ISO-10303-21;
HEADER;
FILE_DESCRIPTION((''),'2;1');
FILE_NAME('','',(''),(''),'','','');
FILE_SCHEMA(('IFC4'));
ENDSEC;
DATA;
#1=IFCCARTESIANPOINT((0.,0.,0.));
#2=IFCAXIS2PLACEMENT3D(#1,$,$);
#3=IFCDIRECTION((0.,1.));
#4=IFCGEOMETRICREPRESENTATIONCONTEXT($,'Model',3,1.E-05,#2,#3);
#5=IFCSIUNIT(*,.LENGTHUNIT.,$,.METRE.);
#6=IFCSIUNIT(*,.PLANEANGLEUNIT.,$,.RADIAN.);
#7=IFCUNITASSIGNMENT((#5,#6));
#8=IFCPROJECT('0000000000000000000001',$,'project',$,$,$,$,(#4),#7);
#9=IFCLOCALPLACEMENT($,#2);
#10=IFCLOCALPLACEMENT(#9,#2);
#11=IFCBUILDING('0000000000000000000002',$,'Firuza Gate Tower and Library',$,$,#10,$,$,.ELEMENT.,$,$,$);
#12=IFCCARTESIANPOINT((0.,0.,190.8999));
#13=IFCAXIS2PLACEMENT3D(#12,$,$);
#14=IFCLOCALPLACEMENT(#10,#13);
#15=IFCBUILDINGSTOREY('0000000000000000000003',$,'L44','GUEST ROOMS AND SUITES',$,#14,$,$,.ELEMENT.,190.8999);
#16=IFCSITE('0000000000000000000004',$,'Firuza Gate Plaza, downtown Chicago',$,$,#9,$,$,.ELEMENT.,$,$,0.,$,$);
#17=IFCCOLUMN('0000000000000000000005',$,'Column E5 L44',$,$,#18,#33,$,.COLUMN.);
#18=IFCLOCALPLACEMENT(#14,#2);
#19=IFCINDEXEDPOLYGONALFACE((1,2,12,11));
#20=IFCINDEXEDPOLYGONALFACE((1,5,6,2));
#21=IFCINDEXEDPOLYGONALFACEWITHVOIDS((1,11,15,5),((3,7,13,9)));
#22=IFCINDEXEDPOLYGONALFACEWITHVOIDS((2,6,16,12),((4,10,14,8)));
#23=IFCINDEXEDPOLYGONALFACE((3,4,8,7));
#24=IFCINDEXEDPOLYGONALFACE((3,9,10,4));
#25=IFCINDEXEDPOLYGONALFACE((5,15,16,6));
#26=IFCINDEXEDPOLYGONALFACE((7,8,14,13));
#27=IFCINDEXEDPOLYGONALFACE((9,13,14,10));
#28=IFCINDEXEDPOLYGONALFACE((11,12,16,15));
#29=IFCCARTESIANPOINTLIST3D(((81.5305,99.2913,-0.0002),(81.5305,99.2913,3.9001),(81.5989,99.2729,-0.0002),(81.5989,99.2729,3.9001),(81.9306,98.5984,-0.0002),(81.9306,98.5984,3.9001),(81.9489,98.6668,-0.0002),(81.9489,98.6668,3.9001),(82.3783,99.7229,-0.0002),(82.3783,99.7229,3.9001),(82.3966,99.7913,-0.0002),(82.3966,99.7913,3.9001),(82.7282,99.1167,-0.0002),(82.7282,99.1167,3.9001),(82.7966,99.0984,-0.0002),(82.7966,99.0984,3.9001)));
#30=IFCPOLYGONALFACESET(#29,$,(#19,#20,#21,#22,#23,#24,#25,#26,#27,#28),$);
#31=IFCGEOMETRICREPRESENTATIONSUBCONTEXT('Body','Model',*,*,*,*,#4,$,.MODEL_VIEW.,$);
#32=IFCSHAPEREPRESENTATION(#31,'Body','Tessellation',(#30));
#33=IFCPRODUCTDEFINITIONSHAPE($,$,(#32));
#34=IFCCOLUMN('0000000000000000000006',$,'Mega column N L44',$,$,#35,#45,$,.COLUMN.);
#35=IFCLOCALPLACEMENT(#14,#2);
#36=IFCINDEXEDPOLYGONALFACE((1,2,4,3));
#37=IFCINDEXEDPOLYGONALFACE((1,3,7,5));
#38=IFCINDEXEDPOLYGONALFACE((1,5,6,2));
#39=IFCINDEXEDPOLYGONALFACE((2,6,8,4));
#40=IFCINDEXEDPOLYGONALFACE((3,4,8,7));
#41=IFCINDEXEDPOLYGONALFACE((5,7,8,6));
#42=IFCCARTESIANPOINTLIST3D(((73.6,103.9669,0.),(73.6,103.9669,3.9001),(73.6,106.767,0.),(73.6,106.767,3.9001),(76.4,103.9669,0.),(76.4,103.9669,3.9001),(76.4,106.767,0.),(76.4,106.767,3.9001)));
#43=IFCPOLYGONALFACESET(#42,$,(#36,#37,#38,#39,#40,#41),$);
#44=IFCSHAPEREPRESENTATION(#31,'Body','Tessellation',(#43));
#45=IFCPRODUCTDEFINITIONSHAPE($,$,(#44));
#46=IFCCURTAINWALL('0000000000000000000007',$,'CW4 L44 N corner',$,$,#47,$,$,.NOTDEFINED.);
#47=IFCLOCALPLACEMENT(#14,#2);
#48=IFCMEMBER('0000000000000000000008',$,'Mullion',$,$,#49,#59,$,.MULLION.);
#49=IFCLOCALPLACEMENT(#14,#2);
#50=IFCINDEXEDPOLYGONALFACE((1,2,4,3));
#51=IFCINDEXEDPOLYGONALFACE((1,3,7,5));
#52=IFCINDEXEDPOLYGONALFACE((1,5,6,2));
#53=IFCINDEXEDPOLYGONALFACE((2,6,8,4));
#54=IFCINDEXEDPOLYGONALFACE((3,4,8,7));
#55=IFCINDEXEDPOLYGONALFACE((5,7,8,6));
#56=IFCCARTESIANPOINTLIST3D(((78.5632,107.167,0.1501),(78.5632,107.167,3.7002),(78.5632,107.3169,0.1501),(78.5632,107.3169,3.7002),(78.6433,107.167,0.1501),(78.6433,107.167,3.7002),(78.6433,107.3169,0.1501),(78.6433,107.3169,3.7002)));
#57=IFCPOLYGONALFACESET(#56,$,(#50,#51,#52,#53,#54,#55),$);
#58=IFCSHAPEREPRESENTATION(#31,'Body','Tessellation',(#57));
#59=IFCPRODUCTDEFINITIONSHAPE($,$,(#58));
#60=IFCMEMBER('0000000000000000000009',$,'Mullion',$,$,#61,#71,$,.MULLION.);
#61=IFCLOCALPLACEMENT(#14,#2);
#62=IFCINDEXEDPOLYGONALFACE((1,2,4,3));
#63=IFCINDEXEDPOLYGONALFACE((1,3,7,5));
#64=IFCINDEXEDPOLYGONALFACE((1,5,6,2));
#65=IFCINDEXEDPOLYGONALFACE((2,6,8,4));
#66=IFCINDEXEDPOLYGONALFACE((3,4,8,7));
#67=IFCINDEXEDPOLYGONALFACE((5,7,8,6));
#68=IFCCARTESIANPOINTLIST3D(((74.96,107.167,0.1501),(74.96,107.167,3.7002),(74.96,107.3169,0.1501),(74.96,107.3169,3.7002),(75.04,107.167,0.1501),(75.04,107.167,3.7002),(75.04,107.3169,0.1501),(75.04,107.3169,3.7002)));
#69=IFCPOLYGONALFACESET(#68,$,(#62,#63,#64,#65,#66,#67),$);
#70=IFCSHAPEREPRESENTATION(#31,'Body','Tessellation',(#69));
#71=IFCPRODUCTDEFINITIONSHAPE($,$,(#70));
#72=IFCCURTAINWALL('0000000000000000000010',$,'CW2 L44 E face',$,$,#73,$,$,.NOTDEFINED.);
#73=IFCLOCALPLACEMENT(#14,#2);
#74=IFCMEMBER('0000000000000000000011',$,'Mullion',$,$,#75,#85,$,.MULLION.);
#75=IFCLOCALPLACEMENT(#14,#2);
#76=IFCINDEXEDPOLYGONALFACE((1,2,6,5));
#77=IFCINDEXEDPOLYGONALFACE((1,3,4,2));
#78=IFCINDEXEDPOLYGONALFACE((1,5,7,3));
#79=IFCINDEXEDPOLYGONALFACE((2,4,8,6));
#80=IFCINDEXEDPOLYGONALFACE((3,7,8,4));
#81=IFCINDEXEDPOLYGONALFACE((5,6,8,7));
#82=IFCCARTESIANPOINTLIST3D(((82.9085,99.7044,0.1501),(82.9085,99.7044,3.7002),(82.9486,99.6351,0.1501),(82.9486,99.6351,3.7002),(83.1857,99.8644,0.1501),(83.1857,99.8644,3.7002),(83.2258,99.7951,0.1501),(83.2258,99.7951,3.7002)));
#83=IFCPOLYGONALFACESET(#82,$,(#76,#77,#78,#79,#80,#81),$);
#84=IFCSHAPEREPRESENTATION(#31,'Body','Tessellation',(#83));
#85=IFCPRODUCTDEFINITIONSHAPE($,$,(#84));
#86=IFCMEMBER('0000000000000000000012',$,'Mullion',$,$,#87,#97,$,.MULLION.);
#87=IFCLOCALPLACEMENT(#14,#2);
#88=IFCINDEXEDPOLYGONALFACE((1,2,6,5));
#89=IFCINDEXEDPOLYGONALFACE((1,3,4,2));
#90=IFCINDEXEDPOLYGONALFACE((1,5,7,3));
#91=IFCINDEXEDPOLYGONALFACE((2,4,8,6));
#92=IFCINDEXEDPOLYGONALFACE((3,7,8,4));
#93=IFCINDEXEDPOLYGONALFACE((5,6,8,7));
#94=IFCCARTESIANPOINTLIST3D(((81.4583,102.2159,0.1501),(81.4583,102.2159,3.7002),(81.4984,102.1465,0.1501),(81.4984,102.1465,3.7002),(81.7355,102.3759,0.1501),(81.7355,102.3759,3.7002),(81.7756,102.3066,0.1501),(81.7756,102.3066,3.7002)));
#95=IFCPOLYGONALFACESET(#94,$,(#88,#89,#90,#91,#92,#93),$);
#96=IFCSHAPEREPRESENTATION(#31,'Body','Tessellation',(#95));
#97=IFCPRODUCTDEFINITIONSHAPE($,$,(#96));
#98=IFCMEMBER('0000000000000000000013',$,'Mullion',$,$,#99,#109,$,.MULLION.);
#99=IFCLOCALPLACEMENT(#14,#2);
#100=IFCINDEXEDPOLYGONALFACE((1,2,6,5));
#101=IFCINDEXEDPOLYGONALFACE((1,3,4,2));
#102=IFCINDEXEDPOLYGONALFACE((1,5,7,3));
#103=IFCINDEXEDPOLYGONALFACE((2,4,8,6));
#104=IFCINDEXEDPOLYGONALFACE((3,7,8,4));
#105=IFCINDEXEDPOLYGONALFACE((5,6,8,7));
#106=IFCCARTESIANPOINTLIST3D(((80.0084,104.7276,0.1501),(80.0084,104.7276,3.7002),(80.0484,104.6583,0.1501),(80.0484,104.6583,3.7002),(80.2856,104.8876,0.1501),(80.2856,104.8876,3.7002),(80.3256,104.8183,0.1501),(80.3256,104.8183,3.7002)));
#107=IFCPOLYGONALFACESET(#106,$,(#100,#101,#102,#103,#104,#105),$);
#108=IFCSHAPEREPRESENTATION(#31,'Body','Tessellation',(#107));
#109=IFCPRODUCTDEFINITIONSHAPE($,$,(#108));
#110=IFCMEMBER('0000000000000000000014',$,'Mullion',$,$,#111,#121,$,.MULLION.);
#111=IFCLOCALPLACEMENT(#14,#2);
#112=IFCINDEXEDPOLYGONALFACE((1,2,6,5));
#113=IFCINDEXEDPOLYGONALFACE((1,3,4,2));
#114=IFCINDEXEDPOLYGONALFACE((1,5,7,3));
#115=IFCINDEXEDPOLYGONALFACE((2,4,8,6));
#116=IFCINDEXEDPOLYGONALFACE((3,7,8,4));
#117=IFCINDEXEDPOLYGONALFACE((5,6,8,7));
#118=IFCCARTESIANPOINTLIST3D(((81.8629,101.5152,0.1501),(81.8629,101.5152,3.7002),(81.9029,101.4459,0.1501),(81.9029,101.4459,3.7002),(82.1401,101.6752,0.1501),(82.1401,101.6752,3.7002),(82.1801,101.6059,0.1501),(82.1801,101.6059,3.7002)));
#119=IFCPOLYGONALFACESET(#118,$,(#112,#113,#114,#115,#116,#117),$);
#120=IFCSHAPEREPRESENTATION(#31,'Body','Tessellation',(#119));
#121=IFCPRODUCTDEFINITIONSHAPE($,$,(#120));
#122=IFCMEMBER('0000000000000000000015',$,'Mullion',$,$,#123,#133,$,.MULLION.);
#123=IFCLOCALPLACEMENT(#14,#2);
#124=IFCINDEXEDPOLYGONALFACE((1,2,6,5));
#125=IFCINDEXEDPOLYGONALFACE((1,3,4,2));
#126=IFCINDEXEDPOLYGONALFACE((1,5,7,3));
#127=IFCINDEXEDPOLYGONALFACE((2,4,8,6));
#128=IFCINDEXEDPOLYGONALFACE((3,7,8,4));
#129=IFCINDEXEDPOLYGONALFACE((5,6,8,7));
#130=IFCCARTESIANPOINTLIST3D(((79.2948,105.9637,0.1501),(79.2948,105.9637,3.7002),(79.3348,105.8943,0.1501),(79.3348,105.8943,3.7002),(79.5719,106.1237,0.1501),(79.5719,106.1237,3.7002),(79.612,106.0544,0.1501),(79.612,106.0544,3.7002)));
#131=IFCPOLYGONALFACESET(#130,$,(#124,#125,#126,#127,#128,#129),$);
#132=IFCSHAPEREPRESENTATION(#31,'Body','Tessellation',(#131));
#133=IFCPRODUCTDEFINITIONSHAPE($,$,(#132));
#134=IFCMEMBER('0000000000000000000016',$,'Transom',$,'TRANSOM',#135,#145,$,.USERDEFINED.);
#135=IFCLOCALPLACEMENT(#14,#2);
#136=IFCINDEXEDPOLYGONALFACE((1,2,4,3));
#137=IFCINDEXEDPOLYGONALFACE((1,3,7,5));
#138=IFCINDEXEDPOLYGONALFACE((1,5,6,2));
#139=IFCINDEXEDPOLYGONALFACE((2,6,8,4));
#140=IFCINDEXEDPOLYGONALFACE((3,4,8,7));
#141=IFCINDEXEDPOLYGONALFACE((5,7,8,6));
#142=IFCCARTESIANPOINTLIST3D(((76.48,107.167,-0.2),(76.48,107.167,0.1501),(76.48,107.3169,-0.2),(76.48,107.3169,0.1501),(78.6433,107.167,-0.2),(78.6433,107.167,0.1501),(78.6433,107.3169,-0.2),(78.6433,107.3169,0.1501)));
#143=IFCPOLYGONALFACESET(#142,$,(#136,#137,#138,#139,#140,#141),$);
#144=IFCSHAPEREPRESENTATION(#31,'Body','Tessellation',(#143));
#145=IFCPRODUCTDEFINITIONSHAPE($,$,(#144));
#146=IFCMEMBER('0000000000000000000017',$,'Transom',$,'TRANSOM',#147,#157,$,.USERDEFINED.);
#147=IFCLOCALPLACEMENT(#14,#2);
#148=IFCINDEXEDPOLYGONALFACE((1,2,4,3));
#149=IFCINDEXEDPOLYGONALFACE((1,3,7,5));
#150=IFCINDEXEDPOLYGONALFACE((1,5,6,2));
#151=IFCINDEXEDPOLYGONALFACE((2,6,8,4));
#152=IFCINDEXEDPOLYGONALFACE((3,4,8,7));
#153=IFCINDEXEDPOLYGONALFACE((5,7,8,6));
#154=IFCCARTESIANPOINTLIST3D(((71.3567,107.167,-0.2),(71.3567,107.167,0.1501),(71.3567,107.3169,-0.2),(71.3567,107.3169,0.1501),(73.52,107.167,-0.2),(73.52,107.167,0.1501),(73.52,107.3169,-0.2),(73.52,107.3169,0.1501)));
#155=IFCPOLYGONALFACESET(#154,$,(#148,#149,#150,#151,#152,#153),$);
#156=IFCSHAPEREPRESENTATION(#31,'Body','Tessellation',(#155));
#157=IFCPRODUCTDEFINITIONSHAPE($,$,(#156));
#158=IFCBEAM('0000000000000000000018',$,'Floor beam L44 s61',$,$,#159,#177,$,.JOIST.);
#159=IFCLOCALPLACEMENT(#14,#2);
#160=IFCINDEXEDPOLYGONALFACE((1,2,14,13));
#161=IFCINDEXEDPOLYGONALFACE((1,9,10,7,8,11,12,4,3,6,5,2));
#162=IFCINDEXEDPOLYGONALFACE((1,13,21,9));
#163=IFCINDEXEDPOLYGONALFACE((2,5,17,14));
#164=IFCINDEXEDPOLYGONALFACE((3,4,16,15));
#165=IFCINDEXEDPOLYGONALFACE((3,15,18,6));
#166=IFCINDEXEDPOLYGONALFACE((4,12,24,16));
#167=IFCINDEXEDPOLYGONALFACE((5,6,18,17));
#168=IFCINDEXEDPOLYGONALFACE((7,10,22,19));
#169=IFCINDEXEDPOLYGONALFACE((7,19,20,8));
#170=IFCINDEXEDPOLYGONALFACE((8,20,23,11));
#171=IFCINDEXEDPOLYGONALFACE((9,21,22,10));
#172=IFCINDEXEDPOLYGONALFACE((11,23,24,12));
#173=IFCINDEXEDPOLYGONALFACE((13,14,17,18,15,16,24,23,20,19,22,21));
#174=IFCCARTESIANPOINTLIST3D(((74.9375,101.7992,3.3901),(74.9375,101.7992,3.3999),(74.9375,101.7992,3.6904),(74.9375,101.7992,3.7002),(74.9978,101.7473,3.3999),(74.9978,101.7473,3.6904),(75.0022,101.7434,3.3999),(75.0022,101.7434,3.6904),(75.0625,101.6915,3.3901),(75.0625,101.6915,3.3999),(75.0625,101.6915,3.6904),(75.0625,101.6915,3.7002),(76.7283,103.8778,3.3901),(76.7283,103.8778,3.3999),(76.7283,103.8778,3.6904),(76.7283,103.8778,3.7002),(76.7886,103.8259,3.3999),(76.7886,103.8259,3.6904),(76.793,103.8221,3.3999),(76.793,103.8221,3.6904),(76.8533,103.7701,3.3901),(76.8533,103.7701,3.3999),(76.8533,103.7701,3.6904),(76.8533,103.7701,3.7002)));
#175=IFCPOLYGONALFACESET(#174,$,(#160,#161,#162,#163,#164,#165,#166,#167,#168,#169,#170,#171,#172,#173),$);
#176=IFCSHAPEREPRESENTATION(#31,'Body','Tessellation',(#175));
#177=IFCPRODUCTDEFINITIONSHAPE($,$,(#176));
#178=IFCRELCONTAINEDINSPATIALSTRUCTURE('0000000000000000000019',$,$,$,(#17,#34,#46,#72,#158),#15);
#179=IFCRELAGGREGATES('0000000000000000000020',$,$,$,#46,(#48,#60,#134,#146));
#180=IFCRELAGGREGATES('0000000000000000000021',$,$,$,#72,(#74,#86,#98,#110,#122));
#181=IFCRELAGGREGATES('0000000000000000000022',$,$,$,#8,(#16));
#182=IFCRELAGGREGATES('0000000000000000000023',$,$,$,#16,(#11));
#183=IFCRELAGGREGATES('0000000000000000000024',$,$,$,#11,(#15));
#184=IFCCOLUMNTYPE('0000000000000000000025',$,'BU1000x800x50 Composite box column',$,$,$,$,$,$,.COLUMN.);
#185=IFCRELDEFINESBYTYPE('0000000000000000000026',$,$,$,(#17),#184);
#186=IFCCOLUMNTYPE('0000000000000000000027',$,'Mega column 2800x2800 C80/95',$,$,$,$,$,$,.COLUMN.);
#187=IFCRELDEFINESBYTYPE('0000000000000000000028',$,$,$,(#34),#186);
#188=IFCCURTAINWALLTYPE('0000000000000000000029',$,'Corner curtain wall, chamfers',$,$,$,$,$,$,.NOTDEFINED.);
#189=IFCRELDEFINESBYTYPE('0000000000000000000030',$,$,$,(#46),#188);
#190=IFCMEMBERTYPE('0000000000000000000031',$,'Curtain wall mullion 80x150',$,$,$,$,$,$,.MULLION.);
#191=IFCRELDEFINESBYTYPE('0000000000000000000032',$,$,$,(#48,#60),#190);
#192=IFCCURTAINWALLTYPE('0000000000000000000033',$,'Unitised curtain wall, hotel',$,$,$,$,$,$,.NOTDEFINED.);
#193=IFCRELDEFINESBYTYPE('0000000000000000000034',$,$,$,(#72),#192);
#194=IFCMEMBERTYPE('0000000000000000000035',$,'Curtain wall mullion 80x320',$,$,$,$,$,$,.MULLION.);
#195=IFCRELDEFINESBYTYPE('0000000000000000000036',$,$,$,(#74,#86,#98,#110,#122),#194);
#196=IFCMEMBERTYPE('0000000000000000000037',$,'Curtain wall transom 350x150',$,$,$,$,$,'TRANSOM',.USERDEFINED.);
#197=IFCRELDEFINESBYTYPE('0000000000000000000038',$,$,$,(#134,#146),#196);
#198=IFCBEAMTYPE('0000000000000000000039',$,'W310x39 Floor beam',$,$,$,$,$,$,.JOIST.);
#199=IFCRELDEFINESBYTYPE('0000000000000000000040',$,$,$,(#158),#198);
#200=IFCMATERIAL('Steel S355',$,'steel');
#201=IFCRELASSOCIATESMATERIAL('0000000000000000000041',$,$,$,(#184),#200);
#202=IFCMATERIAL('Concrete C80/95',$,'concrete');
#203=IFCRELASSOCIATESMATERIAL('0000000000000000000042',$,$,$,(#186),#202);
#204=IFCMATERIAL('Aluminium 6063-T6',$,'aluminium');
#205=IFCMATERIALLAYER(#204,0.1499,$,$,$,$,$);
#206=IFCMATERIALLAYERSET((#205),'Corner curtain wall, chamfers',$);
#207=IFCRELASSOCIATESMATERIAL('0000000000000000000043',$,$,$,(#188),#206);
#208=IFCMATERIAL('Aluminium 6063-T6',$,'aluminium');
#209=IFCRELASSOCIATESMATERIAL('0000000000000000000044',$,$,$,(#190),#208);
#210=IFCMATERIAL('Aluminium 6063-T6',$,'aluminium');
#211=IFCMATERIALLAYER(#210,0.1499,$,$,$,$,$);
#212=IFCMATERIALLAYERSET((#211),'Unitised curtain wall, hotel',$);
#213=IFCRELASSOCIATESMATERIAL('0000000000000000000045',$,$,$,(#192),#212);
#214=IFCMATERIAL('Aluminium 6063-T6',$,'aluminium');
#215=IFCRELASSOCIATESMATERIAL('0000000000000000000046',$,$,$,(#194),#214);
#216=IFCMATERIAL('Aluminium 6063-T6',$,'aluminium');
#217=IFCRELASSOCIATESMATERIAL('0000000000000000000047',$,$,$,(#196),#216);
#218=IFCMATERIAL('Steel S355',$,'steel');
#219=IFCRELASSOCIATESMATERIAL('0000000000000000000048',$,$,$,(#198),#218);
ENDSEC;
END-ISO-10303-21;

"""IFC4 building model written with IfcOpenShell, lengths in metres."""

from ifc_helpers import new_model, si_unit, direction, frame, origin, origin_2d, place, context, subcontext, project, spatial, rectangle, hollow_rectangle, i_section, extrude, material, layer, layer_set, material_profile, profile_set, type_object, element, aggregate, save


model = new_model("IFC4")

# Units and contexts
model_context = context("Model", 3, precision=1e-05, world=origin(), true_north=direction((0.0, 1.0)))
body_context = subcontext(model_context, "Body", "Model", "MODEL_VIEW")
ifc_project = project(units=[si_unit("LENGTHUNIT", "METRE"), si_unit("PLANEANGLEUNIT", "RADIAN")], contexts=[model_context])

# Site, building, storey
site_placement = place(None, origin())
site = spatial("IfcSite", under=ifc_project, at=site_placement, Name="Firuza Gate Plaza, downtown Chicago", CompositionType="ELEMENT", RefElevation=0.0)
building_placement = place(site_placement, origin())
building = spatial("IfcBuilding", under=site, at=building_placement, Name="Firuza Gate Tower and Library", CompositionType="ELEMENT")
storey_placement = place(building_placement, frame((0.0, 0.0, 190.8999)))
storey = spatial("IfcBuildingStorey", under=building, at=storey_placement, Name="L44", Description="GUEST ROOMS AND SUITES", CompositionType="ELEMENT", Elevation=190.8999)

# Columns
ifc_material_1 = material(Name="Steel S355", Category="steel")
ifc_material_profile_1 = material_profile(ifc_material_1, hollow_rectangle(XDim=0.8, YDim=1.0, WallThickness=0.05, at=origin_2d()))
ifc_profile_set_1 = profile_set([ifc_material_profile_1], Name="Steel S355")
column_type_1 = type_object("IfcColumnType", Name="BU1000x800x50 Composite box column", PredefinedType="COLUMN", material=ifc_profile_set_1)
column_1_placement = place(storey_placement, frame((82.1636, 99.1948, -0.0002), z_axis=(0.0, 0.0, 1.0), x_axis=(-0.5, 0.866025, 0.0)))
element("IfcColumn", 1, at=column_1_placement, inside=storey, type_object=column_type_1, Name="Column E5 L44", PredefinedType="COLUMN", context=body_context, shape_type="SweptSolid", body=[
    extrude(hollow_rectangle(XDim=0.8, YDim=1.0, WallThickness=0.05, at=origin_2d()), origin(), (0.0, 0.0, 1.0), 3.9004),
])
ifc_material_2 = material(Name="Concrete C80/95", Category="concrete")
ifc_material_profile_2 = material_profile(ifc_material_2, rectangle(XDim=2.8, YDim=2.8, at=origin_2d()))
ifc_profile_set_2 = profile_set([ifc_material_profile_2], Name="Concrete C80/95")
column_type_2 = type_object("IfcColumnType", Name="Mega column 2800x2800 C80/95", PredefinedType="COLUMN", material=ifc_profile_set_2)
column_2_placement = place(storey_placement, frame((75.0, 105.3669, 0.0), z_axis=(0.0, 0.0, 1.0), x_axis=(-1.0, 0.0, 0.0)))
element("IfcColumn", 2, at=column_2_placement, inside=storey, type_object=column_type_2, Name="Mega column N L44", PredefinedType="COLUMN", context=body_context, shape_type="SweptSolid", body=[
    extrude(rectangle(XDim=2.8, YDim=2.8, at=origin_2d()), origin(), (0.0, 0.0, 1.0), 3.9001),
])

# Curtain walls, members
ifc_material_3 = material(Name="Aluminium 6063-T6", Category="aluminium")
ifc_layer_1 = layer(ifc_material_3, 0.1499)
ifc_layer_set_1 = layer_set([ifc_layer_1], Name="Corner curtain wall, chamfers")
curtain_wall_type_1 = type_object("IfcCurtainWallType", Name="Corner curtain wall, chamfers", PredefinedType="NOTDEFINED", material=ifc_layer_set_1)
placement = place(storey_placement, origin())
curtain_wall_1 = element("IfcCurtainWall", 3, at=placement, inside=storey, type_object=curtain_wall_type_1, Name="CW4 L44 N corner", PredefinedType="NOTDEFINED")
ifc_material_4 = material(Name="Aluminium 6063-T6", Category="aluminium")
ifc_material_profile_3 = material_profile(ifc_material_4, rectangle(XDim=0.1499, YDim=0.0801, at=origin_2d()))
ifc_profile_set_3 = profile_set([ifc_material_profile_3], Name="Aluminium 6063-T6")
member_type_1 = type_object("IfcMemberType", Name="Curtain wall mullion 80x150", PredefinedType="MULLION", material=ifc_profile_set_3)
member_1_placement = place(storey_placement, frame((78.6033, 107.2419, 0.1501), z_axis=(0.0, 0.0, 1.0), x_axis=(0.0, -1.0, 0.0)))
member_1 = element("IfcMember", 4, at=member_1_placement, type_object=member_type_1, Name="Mullion", PredefinedType="MULLION", context=body_context, shape_type="SweptSolid", body=[
    extrude(rectangle(XDim=0.1499, YDim=0.0801, at=origin_2d()), origin(), (0.0, 0.0, 1.0), 3.55),
])
member_2_placement = place(storey_placement, frame((75.0, 107.2419, 0.1501), z_axis=(0.0, 0.0, 1.0), x_axis=(0.0, -1.0, 0.0)))
member_2 = element("IfcMember", 5, at=member_2_placement, type_object=member_type_1, Name="Mullion", PredefinedType="MULLION", context=body_context, shape_type="SweptSolid", body=[
    extrude(rectangle(XDim=0.1499, YDim=0.0801, at=origin_2d()), origin(), (0.0, 0.0, 1.0), 3.55),
])
ifc_material_5 = material(Name="Aluminium 6063-T6", Category="aluminium")
ifc_layer_2 = layer(ifc_material_5, 0.1499)
ifc_layer_set_2 = layer_set([ifc_layer_2], Name="Unitised curtain wall, hotel")
curtain_wall_type_2 = type_object("IfcCurtainWallType", Name="Unitised curtain wall, hotel", PredefinedType="NOTDEFINED", material=ifc_layer_set_2)
curtain_wall_2 = element("IfcCurtainWall", 6, at=placement, inside=storey, type_object=curtain_wall_type_2, Name="CW2 L44 E face", PredefinedType="NOTDEFINED")
ifc_material_6 = material(Name="Aluminium 6063-T6", Category="aluminium")
ifc_material_profile_4 = material_profile(ifc_material_6, rectangle(XDim=0.3201, YDim=0.0801, at=origin_2d()))
ifc_profile_set_4 = profile_set([ifc_material_profile_4], Name="Aluminium 6063-T6")
member_type_2 = type_object("IfcMemberType", Name="Curtain wall mullion 80x320", PredefinedType="MULLION", material=ifc_profile_set_4)
member_3_placement = place(storey_placement, frame((83.0671, 99.7498, 0.1501), z_axis=(0.0, 0.0, 1.0), x_axis=(-0.866025, -0.5, 0.0)))
member_3 = element("IfcMember", 7, at=member_3_placement, type_object=member_type_2, Name="Mullion", PredefinedType="MULLION", context=body_context, shape_type="SweptSolid", body=[
    extrude(rectangle(XDim=0.3201, YDim=0.0801, at=origin_2d()), origin(), (0.0, 0.0, 1.0), 3.55),
])
member_4_placement = place(storey_placement, frame((81.6169, 102.2612, 0.1501), z_axis=(0.0, 0.0, 1.0), x_axis=(-0.866025, -0.5, 0.0)))
member_4 = element("IfcMember", 8, at=member_4_placement, type_object=member_type_2, Name="Mullion", PredefinedType="MULLION", context=body_context, shape_type="SweptSolid", body=[
    extrude(rectangle(XDim=0.3201, YDim=0.0801, at=origin_2d()), origin(), (0.0, 0.0, 1.0), 3.55),
])
member_5_placement = place(storey_placement, frame((80.167, 104.7729, 0.1501), z_axis=(0.0, 0.0, 1.0), x_axis=(-0.866025, -0.5, 0.0)))
member_5 = element("IfcMember", 9, at=member_5_placement, type_object=member_type_2, Name="Mullion", PredefinedType="MULLION", context=body_context, shape_type="SweptSolid", body=[
    extrude(rectangle(XDim=0.3201, YDim=0.0801, at=origin_2d()), origin(), (0.0, 0.0, 1.0), 3.55),
])
member_6_placement = place(storey_placement, frame((82.0215, 101.5605, 0.1501), z_axis=(0.0, 0.0, 1.0), x_axis=(-0.866025, -0.5, 0.0)))
member_6 = element("IfcMember", 10, at=member_6_placement, type_object=member_type_2, Name="Mullion", PredefinedType="MULLION", context=body_context, shape_type="SweptSolid", body=[
    extrude(rectangle(XDim=0.3201, YDim=0.0801, at=origin_2d()), origin(), (0.0, 0.0, 1.0), 3.55),
])
member_7_placement = place(storey_placement, frame((79.4534, 106.009, 0.1501), z_axis=(0.0, 0.0, 1.0), x_axis=(-0.866025, -0.5, 0.0)))
member_7 = element("IfcMember", 11, at=member_7_placement, type_object=member_type_2, Name="Mullion", PredefinedType="MULLION", context=body_context, shape_type="SweptSolid", body=[
    extrude(rectangle(XDim=0.3201, YDim=0.0801, at=origin_2d()), origin(), (0.0, 0.0, 1.0), 3.55),
])

# Members
ifc_material_7 = material(Name="Aluminium 6063-T6", Category="aluminium")
ifc_material_profile_5 = material_profile(ifc_material_7, rectangle(XDim=0.1499, YDim=0.3501, at=origin_2d()))
ifc_profile_set_5 = profile_set([ifc_material_profile_5], Name="Aluminium 6063-T6")
member_type_3 = type_object("IfcMemberType", Name="Curtain wall transom 350x150", ElementType="TRANSOM", PredefinedType="USERDEFINED", material=ifc_profile_set_5)
member_8_placement = place(storey_placement, frame((78.6433, 107.2419, -0.0249), z_axis=(-1.0, 0.0, 0.0), x_axis=(0.0, -1.0, 0.0)))
member_8 = element("IfcMember", 12, at=member_8_placement, type_object=member_type_3, Name="Transom", ObjectType="TRANSOM", PredefinedType="USERDEFINED", context=body_context, shape_type="SweptSolid", body=[
    extrude(rectangle(XDim=0.1499, YDim=0.3501, at=origin_2d()), origin(), (0.0, 0.0, 1.0), 2.1633),
])
member_9_placement = place(storey_placement, frame((73.52, 107.2419, -0.0249), z_axis=(-1.0, 0.0, 0.0), x_axis=(0.0, -1.0, 0.0)))
member_9 = element("IfcMember", 13, at=member_9_placement, type_object=member_type_3, Name="Transom", ObjectType="TRANSOM", PredefinedType="USERDEFINED", context=body_context, shape_type="SweptSolid", body=[
    extrude(rectangle(XDim=0.1499, YDim=0.3501, at=origin_2d()), origin(), (0.0, 0.0, 1.0), 2.1633),
])

# Beam
ifc_material_8 = material(Name="Steel S355", Category="steel")
ifc_material_profile_6 = material_profile(ifc_material_8, i_section(OverallWidth=0.165, OverallDepth=0.3101, WebThickness=0.0059, FlangeThickness=0.0098, at=origin_2d()))
ifc_profile_set_6 = profile_set([ifc_material_profile_6], Name="Steel S355")
beam_type_1 = type_object("IfcBeamType", Name="W310x39 Floor beam", PredefinedType="JOIST", material=ifc_profile_set_6)
beam_1_placement = place(storey_placement, frame((76.7908, 103.824, 3.5452), z_axis=(-0.652702, -0.757615, 0.0), x_axis=(0.757615, -0.652702, 0.0)))
element("IfcBeam", 14, at=beam_1_placement, inside=storey, type_object=beam_type_1, Name="Floor beam L44 s61", PredefinedType="JOIST", context=body_context, shape_type="SweptSolid", body=[
    extrude(i_section(OverallWidth=0.165, OverallDepth=0.3101, WebThickness=0.0059, FlangeThickness=0.0098, at=origin_2d()), origin(), (0.0, 0.0, 1.0), 2.7437),
])

aggregate(curtain_wall_1, [member_1, member_2, member_8, member_9])
aggregate(curtain_wall_2, [member_3, member_4, member_5, member_6, member_7])

save(model, "model.ifc")
